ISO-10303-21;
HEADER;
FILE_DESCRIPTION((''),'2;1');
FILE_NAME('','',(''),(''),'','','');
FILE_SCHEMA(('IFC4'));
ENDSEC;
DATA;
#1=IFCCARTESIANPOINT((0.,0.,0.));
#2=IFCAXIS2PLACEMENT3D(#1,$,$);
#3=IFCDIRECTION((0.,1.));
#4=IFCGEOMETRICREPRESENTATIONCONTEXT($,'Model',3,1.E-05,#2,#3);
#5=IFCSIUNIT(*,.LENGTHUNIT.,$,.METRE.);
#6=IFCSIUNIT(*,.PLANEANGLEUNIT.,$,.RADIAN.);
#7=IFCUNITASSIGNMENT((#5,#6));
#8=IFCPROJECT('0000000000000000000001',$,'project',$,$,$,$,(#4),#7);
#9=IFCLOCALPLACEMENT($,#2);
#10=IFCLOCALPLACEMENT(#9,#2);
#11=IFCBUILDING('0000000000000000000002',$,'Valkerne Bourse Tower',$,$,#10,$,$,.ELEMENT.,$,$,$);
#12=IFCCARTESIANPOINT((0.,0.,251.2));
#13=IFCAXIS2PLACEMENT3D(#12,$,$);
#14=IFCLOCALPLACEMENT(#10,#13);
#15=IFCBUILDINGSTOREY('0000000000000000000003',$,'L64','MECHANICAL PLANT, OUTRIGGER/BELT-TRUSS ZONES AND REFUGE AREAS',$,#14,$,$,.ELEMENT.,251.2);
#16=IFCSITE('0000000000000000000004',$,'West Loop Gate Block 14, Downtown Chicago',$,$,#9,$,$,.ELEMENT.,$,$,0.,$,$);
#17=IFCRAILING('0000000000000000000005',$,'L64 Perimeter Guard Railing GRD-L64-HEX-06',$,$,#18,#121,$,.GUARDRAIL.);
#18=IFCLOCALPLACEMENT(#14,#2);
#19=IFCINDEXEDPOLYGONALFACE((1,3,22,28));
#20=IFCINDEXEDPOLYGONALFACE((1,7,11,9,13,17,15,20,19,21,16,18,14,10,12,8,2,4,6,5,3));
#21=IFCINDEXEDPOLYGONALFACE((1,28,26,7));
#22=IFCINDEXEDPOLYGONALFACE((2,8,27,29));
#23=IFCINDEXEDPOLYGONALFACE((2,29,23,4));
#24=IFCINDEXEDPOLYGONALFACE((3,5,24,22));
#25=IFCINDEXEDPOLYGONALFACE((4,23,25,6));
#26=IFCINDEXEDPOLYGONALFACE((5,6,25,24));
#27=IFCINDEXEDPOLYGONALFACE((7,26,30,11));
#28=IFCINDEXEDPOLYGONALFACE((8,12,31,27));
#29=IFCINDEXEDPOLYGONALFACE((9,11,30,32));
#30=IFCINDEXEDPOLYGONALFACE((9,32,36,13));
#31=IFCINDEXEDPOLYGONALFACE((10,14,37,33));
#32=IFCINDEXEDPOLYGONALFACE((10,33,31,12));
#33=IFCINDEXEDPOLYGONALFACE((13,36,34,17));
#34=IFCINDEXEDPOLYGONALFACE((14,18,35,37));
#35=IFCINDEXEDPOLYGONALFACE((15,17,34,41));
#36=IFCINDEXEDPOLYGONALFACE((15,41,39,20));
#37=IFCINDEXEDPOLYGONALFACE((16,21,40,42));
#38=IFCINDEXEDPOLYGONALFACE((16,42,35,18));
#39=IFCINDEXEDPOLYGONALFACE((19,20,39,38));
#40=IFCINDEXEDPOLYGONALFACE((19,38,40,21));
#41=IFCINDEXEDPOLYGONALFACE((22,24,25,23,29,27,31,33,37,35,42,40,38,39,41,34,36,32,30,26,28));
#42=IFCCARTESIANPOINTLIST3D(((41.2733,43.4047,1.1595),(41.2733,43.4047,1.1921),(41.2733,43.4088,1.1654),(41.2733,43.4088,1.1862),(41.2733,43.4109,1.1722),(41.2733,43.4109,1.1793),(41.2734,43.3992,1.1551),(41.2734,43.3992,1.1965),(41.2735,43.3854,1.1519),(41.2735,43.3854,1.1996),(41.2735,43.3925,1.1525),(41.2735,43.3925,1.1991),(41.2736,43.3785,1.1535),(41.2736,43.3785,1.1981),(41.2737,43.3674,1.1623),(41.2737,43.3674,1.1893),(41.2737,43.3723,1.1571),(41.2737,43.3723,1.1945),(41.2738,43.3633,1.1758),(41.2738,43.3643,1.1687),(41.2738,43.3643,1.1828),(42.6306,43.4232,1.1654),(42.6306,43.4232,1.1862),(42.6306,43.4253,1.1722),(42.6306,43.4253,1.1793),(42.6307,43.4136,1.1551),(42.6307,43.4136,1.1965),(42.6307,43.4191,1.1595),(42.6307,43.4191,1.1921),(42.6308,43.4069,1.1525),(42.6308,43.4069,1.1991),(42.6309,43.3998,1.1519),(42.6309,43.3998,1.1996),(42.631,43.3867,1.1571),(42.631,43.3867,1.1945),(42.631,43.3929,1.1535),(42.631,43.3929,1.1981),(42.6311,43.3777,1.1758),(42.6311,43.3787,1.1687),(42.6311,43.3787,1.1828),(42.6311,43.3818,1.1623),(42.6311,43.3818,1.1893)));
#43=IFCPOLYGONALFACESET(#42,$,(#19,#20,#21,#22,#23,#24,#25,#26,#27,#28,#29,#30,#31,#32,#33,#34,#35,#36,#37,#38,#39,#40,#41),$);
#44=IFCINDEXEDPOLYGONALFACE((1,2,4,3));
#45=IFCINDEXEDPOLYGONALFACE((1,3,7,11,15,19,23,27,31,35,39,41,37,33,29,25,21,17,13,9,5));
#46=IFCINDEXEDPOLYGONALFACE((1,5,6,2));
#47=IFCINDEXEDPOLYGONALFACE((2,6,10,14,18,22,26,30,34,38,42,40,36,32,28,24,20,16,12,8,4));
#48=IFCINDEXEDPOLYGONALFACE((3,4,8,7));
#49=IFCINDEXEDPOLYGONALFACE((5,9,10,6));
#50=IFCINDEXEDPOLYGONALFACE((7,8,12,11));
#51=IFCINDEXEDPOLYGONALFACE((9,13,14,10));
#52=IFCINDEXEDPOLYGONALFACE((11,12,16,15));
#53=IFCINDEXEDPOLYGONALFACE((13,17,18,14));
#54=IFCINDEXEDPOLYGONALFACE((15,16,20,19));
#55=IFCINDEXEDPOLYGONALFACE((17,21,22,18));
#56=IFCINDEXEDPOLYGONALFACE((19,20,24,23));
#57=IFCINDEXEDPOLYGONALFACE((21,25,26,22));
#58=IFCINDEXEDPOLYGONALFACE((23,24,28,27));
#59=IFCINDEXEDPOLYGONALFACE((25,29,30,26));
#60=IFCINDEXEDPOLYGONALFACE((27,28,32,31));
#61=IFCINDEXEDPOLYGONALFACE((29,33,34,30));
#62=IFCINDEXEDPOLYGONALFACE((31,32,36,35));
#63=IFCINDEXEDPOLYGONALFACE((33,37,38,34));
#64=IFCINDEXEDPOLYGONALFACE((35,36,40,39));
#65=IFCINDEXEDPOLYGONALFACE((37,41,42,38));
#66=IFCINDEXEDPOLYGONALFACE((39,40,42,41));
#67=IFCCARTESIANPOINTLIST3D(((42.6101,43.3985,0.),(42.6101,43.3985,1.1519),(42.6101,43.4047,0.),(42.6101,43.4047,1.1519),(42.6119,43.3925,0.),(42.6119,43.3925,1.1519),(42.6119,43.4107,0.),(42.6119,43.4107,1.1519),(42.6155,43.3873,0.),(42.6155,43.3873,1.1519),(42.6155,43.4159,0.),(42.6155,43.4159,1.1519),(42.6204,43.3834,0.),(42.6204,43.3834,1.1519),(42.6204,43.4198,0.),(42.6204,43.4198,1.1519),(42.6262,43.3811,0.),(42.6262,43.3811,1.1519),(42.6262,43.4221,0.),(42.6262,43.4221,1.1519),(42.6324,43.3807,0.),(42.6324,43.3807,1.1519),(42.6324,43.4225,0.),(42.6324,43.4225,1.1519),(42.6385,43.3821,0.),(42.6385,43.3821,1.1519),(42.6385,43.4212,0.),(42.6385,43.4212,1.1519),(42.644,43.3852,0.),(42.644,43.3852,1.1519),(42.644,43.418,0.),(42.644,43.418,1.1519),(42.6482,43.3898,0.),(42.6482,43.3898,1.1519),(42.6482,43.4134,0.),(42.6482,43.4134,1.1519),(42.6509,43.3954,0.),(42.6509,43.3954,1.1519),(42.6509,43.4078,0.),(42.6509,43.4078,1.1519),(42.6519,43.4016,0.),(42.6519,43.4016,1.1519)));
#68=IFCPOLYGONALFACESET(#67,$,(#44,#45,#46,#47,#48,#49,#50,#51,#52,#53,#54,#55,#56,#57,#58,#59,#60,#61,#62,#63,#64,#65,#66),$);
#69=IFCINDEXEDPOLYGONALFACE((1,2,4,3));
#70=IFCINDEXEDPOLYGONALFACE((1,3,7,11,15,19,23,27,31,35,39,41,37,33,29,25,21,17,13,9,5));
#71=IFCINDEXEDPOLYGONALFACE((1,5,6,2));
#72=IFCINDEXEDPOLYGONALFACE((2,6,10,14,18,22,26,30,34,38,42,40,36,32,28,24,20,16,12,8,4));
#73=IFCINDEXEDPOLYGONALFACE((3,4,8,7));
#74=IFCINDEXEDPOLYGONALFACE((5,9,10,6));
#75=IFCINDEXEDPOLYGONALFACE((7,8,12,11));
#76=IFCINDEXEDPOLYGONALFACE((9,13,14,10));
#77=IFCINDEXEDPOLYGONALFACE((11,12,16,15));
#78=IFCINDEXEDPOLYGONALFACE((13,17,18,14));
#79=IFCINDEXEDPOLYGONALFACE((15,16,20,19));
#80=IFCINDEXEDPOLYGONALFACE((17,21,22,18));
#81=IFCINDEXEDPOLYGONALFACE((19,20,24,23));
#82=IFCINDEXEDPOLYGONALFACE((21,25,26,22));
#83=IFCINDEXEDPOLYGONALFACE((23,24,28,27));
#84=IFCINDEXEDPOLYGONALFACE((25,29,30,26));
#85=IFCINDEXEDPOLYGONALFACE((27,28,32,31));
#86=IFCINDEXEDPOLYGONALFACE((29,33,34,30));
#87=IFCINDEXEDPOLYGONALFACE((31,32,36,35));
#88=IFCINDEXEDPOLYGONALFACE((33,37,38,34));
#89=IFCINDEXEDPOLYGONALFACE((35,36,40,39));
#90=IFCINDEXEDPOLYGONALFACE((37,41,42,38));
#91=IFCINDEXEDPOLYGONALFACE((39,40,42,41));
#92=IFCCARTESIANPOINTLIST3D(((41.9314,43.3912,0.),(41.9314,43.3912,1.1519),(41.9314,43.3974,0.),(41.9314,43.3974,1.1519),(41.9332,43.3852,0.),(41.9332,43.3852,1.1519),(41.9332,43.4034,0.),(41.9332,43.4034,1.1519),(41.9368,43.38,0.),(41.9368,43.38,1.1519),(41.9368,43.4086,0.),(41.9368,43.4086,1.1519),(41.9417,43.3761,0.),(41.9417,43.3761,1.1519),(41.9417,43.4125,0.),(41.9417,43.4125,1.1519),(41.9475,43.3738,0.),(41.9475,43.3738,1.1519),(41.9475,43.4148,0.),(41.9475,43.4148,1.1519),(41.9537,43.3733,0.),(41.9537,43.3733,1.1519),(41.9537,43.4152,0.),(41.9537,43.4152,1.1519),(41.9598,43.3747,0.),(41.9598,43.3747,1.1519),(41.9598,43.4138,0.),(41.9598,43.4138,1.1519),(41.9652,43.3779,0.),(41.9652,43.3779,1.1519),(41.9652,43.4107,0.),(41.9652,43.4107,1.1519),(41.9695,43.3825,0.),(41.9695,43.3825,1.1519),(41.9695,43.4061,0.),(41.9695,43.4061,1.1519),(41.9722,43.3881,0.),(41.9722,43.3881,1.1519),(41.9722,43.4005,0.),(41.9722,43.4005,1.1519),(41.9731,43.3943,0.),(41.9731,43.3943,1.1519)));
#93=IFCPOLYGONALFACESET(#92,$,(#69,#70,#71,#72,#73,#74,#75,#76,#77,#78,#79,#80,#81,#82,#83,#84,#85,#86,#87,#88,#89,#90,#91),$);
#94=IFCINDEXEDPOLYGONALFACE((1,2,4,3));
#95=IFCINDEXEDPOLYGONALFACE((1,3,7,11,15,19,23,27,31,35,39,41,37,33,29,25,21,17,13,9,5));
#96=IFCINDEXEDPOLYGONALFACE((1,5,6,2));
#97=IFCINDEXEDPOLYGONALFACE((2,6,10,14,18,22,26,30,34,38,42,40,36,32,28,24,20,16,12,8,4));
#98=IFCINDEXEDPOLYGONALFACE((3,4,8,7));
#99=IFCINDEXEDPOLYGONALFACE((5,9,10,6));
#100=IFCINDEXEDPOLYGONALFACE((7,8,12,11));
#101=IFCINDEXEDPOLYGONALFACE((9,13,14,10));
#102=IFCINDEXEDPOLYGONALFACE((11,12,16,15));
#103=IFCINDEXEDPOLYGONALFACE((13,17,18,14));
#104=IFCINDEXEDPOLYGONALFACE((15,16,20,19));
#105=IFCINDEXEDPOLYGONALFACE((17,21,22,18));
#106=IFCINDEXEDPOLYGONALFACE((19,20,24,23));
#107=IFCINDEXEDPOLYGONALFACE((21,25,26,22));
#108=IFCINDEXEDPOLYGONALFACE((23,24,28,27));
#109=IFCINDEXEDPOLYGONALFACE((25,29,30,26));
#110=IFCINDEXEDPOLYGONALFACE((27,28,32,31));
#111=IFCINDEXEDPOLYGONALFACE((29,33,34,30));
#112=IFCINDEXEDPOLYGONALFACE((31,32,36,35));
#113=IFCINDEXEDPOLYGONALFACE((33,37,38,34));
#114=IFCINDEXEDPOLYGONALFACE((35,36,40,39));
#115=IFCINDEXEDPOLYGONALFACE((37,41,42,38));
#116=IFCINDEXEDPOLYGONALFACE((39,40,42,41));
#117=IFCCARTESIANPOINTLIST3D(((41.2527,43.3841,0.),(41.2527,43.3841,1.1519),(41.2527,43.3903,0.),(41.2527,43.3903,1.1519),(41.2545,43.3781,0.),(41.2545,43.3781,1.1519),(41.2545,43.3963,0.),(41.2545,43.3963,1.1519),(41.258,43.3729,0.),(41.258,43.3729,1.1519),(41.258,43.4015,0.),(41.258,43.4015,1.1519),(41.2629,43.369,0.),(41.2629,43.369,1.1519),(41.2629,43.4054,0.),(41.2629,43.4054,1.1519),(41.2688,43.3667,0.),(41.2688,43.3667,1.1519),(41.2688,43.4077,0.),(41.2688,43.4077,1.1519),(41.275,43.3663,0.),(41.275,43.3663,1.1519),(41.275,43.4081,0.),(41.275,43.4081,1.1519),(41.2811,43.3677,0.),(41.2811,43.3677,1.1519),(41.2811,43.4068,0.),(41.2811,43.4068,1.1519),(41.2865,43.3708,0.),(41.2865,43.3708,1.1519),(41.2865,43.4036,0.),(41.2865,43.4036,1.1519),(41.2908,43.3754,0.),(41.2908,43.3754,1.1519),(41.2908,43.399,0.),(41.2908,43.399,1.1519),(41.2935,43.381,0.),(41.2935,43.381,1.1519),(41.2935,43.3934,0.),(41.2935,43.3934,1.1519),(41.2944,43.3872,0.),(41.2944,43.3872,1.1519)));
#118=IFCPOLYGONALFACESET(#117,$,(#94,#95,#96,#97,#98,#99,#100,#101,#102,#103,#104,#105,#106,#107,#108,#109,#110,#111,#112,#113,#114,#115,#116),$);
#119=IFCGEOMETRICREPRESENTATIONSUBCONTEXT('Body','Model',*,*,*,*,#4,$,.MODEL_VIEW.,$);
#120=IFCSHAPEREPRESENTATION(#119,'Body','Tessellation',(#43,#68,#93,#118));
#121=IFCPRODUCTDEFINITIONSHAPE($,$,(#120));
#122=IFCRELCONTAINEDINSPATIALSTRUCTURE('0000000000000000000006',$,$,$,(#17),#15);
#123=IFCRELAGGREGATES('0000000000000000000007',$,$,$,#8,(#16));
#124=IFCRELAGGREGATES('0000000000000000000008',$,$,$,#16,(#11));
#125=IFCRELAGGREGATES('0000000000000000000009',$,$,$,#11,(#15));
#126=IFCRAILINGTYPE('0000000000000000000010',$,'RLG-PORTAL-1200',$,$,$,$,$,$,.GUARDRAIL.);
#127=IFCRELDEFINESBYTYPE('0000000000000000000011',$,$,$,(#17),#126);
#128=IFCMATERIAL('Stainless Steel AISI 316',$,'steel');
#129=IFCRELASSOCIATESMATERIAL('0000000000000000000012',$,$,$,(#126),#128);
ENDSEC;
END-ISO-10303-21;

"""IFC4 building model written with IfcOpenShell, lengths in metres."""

from ifc_helpers import new_model, si_unit, direction, frame, origin, origin_2d, place, context, subcontext, project, spatial, circle, extrude, material, type_object, element, save


model = new_model("IFC4")

# Units and contexts
model_context = context("Model", 3, precision=1e-05, world=origin(), true_north=direction((0.0, 1.0)))
body_context = subcontext(model_context, "Body", "Model", "MODEL_VIEW")
ifc_project = project(units=[si_unit("LENGTHUNIT", "METRE"), si_unit("PLANEANGLEUNIT", "RADIAN")], contexts=[model_context])

# Site, building, storey
site_placement = place(None, origin())
site = spatial("IfcSite", under=ifc_project, at=site_placement, Name="West Loop Gate Block 14, Downtown Chicago", CompositionType="ELEMENT", RefElevation=0.0)
building_placement = place(site_placement, origin())
building = spatial("IfcBuilding", under=site, at=building_placement, Name="Valkerne Bourse Tower", CompositionType="ELEMENT")
storey_placement = place(building_placement, frame((0.0, 0.0, 251.2)))
storey = spatial("IfcBuildingStorey", under=building, at=storey_placement, Name="L64", Description="MECHANICAL PLANT, OUTRIGGER/BELT-TRUSS ZONES AND REFUGE AREAS", CompositionType="ELEMENT", Elevation=251.2)

# Railing
ifc_material_1 = material(Name="Stainless Steel AISI 316", Category="steel")
railing_type = type_object("IfcRailingType", Name="RLG-PORTAL-1200", PredefinedType="GUARDRAIL", material=ifc_material_1)
railing_1_placement = place(storey_placement, frame((42.6309, 43.4016, 0.0)))
element("IfcRailing", 1, at=railing_1_placement, inside=storey, type_object=railing_type, Name="L64 Perimeter Guard Railing GRD-L64-HEX-06", PredefinedType="GUARDRAIL", context=body_context, shape_type="SweptSolid", body=[
    extrude(circle(Radius=0.0239, at=origin_2d()), frame((0.0, 0.0, 1.1758), z_axis=(-0.999944, -0.010611, 0.0), x_axis=(0.010611, -0.999944, 0.0)), (0.0, 0.0, 1.0), 1.3574),
    extrude(circle(Radius=0.021, at=origin_2d()), origin(), (0.0, 0.0, 1.0), 1.1519),
    extrude(circle(Radius=0.021, at=origin_2d()), frame((-0.6787, -0.0073, 0.0)), (0.0, 0.0, 1.0), 1.1519),
    extrude(circle(Radius=0.021, at=origin_2d()), frame((-1.3574, -0.0144, 0.0)), (0.0, 0.0, 1.0), 1.1519),
])

save(model, "model.ifc")
